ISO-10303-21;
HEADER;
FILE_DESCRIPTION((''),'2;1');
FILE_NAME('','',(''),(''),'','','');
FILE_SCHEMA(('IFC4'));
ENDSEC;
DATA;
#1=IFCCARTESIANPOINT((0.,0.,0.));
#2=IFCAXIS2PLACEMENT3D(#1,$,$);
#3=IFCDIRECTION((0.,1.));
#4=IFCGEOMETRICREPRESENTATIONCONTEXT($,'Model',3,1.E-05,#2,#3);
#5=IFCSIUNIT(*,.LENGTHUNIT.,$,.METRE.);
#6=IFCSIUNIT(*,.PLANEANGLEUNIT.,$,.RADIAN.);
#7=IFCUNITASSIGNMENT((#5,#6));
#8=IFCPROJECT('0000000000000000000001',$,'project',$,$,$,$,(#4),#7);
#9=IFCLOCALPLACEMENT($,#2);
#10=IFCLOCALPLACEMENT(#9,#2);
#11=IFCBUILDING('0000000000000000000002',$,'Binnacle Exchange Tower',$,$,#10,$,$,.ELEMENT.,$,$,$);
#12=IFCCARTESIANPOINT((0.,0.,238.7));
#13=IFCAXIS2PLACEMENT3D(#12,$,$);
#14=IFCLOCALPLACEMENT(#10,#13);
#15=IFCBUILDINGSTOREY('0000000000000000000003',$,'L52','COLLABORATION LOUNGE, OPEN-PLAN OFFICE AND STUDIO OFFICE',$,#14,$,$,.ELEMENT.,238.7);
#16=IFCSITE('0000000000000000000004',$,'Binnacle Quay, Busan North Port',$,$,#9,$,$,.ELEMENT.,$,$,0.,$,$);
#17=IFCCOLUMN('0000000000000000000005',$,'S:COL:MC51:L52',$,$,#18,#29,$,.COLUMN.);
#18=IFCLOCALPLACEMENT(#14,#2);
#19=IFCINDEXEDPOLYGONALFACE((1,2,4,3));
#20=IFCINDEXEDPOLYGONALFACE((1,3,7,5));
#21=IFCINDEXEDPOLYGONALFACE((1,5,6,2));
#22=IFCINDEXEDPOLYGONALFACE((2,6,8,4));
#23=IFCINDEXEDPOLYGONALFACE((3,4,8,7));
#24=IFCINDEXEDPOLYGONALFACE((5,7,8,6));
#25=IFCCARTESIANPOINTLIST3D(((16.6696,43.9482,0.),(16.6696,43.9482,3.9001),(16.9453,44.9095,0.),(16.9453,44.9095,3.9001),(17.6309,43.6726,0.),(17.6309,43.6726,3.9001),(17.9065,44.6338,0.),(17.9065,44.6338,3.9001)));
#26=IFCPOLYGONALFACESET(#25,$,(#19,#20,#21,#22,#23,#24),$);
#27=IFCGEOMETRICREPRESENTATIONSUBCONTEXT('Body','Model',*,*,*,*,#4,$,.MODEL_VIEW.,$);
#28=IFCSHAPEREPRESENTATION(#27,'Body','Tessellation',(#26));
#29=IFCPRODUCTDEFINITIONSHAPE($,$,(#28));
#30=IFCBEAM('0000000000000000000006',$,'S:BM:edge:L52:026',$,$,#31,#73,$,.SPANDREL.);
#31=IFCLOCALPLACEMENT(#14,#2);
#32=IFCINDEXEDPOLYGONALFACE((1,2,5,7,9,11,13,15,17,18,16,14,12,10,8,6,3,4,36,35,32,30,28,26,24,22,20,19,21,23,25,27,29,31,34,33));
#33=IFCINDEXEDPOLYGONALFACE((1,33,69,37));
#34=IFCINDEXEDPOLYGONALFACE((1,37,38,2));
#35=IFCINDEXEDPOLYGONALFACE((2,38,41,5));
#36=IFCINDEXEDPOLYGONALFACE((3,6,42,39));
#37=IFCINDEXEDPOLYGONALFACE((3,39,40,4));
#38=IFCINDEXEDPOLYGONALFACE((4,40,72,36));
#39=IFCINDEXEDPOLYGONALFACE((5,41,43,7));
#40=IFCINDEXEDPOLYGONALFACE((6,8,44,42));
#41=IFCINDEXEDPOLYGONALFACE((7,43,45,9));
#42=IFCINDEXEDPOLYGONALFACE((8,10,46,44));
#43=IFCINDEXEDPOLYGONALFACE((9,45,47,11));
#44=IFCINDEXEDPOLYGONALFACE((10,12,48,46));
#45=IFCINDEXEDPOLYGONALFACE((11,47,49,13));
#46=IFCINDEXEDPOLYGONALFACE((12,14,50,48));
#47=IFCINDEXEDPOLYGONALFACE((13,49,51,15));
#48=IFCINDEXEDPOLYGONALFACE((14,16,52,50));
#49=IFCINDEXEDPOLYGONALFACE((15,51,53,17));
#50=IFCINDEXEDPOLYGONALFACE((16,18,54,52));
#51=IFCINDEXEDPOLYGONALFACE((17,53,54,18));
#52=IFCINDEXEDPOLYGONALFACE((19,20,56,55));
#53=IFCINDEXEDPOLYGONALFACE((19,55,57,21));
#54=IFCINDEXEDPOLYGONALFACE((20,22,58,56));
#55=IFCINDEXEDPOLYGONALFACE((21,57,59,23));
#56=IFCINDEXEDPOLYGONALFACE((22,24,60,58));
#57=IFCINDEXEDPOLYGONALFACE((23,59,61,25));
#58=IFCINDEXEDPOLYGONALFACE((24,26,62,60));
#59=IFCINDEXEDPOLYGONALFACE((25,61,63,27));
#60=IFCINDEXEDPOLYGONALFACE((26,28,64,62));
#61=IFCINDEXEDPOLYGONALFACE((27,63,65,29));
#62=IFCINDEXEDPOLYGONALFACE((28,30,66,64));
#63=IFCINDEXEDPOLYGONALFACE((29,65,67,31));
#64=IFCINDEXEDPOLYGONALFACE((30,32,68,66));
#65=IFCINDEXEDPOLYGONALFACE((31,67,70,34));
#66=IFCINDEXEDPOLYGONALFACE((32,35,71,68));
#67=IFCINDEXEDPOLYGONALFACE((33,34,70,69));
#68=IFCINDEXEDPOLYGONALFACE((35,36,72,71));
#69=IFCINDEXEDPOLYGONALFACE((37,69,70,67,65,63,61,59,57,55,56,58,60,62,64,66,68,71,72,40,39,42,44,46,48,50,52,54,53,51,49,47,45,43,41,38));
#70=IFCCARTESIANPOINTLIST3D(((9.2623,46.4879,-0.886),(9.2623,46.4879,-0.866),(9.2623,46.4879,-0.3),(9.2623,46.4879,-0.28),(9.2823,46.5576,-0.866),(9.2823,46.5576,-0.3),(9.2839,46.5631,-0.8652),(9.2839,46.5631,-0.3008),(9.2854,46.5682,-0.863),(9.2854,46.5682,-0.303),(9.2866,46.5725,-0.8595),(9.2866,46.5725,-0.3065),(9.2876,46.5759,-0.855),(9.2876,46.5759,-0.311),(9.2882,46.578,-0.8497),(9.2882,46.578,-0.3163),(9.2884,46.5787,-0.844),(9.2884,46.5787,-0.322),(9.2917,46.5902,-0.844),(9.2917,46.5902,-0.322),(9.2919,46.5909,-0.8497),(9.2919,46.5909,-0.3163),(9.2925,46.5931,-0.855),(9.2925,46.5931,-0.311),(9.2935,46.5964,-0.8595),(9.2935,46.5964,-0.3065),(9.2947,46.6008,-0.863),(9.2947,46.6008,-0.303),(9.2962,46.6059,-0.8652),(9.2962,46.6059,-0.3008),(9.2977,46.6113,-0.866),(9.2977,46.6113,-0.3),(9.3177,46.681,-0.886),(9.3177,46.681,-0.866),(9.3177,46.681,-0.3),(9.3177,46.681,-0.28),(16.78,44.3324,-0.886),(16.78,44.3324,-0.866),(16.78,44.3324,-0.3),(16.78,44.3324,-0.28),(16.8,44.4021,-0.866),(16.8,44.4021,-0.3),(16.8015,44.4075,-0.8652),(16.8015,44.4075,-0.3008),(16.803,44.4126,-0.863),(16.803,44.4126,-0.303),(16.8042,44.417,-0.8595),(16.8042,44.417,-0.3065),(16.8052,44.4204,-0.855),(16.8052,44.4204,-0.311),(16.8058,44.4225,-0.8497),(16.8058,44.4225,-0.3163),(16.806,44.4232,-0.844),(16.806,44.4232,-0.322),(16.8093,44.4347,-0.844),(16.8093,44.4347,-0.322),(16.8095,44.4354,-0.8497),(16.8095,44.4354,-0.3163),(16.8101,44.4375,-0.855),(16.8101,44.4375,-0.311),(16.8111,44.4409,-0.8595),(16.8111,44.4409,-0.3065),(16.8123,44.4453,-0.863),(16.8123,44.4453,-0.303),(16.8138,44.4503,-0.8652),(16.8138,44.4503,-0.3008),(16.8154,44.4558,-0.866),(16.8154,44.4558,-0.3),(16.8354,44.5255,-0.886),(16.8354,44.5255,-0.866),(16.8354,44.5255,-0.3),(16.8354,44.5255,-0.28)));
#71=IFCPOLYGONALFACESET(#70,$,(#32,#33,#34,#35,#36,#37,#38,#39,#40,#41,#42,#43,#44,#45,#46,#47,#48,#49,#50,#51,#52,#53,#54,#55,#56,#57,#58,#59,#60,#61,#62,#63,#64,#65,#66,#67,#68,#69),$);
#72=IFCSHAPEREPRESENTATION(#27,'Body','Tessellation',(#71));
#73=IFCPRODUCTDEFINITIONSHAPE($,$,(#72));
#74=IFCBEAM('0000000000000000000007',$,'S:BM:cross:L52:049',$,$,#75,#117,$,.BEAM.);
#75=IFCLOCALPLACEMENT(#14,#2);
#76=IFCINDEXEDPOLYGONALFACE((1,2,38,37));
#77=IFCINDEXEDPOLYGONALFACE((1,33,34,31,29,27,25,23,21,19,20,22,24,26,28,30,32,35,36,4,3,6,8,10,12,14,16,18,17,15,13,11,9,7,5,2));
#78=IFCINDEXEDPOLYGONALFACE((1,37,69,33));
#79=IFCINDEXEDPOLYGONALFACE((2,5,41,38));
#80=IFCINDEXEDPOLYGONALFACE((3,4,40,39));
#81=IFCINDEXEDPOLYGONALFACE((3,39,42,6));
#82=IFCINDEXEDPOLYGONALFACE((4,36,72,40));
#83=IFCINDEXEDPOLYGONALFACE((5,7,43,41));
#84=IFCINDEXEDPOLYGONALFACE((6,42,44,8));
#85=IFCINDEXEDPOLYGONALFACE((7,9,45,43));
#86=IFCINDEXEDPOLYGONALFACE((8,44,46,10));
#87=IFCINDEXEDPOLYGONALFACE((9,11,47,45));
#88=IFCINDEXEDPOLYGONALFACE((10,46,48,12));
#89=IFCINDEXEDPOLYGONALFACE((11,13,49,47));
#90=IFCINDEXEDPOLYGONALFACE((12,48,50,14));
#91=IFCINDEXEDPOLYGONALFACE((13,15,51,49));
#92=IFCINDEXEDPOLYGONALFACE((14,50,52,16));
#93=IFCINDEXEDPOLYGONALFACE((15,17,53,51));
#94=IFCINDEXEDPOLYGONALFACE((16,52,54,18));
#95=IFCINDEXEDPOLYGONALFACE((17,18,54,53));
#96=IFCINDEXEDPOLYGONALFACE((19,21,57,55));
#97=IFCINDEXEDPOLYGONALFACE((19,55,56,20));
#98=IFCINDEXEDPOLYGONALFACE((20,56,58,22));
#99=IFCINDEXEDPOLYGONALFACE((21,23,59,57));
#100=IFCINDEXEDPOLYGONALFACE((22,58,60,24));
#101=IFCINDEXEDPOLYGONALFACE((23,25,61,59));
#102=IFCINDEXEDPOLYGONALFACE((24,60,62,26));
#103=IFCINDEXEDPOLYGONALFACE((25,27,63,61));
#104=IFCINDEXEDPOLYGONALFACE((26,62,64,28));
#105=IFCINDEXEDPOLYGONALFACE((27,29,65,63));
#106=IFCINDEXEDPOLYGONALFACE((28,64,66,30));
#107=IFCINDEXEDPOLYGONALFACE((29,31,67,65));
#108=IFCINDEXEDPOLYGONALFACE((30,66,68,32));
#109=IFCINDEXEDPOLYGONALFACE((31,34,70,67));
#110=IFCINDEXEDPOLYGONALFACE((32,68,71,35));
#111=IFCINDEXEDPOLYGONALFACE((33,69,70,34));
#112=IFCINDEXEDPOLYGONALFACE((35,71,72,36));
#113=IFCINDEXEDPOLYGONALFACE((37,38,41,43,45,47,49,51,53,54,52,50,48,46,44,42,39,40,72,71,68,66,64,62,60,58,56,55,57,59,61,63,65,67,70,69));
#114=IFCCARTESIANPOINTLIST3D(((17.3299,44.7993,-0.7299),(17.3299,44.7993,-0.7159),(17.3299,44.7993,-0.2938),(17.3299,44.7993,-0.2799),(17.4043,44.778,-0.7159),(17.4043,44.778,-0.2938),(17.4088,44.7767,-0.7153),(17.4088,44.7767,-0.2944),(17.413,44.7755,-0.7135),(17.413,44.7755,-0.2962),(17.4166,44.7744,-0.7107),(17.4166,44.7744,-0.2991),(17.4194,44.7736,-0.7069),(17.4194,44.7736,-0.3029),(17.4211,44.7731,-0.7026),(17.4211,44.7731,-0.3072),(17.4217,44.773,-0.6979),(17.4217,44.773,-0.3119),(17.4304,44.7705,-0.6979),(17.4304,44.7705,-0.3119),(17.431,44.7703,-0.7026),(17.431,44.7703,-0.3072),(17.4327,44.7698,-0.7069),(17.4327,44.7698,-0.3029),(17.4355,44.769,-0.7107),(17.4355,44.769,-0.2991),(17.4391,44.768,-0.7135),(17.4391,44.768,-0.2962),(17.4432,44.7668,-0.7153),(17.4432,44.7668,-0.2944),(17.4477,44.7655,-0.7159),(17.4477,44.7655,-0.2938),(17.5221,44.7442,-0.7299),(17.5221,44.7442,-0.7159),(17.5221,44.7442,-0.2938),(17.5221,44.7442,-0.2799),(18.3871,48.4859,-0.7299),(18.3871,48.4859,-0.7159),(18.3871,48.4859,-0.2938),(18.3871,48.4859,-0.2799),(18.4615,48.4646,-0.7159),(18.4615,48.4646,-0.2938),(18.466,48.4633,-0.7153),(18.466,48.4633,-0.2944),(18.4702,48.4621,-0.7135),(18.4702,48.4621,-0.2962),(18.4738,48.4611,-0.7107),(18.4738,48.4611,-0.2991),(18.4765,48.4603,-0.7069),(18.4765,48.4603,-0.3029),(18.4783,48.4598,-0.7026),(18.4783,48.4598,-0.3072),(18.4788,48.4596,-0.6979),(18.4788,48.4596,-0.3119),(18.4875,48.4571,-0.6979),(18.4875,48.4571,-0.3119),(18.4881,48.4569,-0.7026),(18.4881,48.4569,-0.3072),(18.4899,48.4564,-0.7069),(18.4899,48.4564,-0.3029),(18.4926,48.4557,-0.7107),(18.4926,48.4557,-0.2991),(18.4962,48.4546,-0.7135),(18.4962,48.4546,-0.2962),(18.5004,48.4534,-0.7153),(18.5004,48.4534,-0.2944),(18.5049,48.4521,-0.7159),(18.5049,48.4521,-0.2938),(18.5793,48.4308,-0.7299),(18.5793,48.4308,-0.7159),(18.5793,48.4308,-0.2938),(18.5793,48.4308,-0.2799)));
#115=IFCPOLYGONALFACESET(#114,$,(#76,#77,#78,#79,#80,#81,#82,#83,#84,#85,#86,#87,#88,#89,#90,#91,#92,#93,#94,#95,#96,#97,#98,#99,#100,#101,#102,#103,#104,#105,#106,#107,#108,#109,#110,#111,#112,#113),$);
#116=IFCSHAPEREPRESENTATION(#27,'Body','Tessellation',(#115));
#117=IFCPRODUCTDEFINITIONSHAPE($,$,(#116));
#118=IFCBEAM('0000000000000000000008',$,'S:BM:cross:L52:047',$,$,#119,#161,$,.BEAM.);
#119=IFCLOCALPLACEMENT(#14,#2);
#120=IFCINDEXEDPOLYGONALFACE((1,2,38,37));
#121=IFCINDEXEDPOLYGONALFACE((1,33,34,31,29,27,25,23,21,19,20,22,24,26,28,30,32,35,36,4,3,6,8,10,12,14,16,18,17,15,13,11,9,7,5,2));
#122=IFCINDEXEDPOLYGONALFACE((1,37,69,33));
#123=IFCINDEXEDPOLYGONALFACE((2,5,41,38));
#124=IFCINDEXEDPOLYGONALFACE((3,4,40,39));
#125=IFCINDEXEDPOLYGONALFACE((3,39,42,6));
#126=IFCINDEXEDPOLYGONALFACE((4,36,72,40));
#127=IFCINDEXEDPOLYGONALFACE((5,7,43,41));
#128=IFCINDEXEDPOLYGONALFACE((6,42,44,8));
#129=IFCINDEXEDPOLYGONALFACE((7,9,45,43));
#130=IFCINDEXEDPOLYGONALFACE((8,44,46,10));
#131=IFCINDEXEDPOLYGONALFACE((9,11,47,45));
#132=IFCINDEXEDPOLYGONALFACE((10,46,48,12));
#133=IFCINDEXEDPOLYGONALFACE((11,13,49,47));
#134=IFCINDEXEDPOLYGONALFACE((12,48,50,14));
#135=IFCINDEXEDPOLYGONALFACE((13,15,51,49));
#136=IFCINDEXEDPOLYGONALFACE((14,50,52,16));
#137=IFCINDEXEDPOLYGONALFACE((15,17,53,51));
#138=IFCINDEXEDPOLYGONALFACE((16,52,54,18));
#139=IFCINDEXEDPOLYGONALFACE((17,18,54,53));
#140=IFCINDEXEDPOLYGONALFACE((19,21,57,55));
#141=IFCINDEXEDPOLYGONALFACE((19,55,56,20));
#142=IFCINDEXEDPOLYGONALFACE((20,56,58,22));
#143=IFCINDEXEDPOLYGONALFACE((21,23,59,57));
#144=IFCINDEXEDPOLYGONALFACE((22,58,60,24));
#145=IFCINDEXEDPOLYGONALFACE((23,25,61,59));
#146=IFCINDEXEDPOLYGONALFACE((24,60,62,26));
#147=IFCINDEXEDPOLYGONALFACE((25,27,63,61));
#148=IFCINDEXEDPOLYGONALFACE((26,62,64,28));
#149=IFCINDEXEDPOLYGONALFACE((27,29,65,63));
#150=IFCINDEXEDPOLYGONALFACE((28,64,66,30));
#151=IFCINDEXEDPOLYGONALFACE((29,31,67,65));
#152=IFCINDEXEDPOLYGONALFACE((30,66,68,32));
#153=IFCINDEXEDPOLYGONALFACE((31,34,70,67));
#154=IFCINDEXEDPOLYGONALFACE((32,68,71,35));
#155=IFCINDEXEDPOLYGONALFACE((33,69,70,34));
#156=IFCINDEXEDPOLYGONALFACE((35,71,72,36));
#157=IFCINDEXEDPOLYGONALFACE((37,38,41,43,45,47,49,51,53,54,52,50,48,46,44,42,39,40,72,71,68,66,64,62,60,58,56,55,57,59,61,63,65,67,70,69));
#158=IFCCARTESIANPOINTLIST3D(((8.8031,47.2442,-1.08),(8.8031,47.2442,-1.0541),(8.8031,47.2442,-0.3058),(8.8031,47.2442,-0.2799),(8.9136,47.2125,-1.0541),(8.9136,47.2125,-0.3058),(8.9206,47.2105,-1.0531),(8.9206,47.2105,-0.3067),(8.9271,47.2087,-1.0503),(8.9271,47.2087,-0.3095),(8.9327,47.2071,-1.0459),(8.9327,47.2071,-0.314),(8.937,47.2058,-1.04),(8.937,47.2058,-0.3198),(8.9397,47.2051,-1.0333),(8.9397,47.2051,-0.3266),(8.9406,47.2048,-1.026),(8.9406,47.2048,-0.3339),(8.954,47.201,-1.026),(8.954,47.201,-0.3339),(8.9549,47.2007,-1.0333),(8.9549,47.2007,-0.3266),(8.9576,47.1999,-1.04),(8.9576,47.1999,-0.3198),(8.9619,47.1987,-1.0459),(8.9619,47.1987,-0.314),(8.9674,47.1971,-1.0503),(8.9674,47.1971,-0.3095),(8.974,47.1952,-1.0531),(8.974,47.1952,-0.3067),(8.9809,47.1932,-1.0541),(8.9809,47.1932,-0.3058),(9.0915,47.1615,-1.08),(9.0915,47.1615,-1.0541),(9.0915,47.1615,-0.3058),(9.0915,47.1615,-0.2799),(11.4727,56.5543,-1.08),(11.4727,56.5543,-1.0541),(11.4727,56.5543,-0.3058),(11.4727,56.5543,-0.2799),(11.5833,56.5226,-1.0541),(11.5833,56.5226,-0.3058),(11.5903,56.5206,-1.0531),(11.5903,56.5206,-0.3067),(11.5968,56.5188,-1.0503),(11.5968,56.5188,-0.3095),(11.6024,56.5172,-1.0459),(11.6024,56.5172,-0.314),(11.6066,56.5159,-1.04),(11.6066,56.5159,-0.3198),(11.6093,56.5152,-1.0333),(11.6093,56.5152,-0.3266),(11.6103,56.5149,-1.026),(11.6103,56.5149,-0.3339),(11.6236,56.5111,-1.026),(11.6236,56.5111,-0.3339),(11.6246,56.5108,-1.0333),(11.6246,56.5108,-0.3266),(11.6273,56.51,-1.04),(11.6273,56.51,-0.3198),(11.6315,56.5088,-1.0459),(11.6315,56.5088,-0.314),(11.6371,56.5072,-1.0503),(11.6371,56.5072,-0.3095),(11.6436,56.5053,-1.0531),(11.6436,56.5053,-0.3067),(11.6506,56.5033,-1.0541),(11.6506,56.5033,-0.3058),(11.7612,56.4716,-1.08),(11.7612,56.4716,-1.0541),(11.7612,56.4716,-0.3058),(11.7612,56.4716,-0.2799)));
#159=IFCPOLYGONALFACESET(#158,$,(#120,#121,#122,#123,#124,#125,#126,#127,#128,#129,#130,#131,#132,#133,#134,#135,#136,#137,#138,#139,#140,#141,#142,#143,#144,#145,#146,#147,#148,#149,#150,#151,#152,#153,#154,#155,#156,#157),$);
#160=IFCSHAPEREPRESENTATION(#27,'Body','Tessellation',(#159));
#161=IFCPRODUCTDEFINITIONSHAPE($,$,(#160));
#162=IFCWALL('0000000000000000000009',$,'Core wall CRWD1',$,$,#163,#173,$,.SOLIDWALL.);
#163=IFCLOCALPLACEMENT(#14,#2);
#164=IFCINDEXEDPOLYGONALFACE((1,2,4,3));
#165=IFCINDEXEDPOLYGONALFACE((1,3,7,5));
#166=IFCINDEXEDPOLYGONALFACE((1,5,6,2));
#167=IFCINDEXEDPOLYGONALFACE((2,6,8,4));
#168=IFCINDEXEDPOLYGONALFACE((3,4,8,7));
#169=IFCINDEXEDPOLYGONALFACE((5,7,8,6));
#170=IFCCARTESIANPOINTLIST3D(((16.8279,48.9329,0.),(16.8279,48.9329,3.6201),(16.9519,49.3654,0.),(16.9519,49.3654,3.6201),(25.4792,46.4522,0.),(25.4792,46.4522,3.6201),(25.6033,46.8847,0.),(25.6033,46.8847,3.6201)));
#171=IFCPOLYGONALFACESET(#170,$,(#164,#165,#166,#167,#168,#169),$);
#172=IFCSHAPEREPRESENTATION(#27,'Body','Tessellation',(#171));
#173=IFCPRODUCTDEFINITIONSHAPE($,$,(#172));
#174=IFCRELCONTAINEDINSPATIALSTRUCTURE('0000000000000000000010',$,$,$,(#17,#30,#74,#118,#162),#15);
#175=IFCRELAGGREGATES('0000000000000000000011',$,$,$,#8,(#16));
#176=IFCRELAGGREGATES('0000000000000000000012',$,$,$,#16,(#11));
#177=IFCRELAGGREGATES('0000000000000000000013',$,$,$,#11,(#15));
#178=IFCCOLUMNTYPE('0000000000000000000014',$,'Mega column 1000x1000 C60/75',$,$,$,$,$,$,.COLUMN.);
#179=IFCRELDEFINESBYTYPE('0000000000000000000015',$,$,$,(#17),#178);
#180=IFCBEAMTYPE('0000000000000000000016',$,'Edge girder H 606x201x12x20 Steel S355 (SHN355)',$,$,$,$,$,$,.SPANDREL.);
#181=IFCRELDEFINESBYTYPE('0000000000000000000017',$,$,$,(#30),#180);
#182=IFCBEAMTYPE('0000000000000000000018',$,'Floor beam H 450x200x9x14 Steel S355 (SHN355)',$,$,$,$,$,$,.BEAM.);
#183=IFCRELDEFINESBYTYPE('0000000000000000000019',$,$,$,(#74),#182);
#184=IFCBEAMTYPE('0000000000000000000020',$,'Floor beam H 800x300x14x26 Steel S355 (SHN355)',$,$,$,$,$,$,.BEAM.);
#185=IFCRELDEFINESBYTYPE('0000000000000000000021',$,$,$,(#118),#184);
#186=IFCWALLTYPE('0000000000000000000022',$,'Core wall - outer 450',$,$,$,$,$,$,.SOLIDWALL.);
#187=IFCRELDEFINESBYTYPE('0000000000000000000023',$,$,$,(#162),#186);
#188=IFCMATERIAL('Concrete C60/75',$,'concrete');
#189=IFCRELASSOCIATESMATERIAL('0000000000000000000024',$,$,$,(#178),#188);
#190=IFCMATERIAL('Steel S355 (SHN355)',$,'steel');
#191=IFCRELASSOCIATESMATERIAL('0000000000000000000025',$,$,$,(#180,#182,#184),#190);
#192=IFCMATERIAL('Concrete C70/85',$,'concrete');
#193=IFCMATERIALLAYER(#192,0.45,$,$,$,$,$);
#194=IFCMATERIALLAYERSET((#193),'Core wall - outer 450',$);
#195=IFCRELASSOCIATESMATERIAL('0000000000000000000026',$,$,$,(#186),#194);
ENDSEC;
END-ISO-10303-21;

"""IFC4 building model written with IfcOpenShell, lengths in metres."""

from ifc_helpers import new_model, si_unit, direction, frame, frame_2d, origin, origin_2d, place, context, subcontext, project, spatial, rectangle, i_section, extrude, material, layer, layer_set, material_profile, profile_set, type_object, element, save


model = new_model("IFC4")

# Units and contexts
model_context = context("Model", 3, precision=1e-05, world=origin(), true_north=direction((0.0, 1.0)))
body_context = subcontext(model_context, "Body", "Model", "MODEL_VIEW")
ifc_project = project(units=[si_unit("LENGTHUNIT", "METRE"), si_unit("PLANEANGLEUNIT", "RADIAN")], contexts=[model_context])

# Site, building, storey
site_placement = place(None, origin())
site = spatial("IfcSite", under=ifc_project, at=site_placement, Name="Binnacle Quay, Busan North Port", CompositionType="ELEMENT", RefElevation=0.0)
building_placement = place(site_placement, origin())
building = spatial("IfcBuilding", under=site, at=building_placement, Name="Binnacle Exchange Tower", CompositionType="ELEMENT")
storey_placement = place(building_placement, frame((0.0, 0.0, 238.7)))
storey = spatial("IfcBuildingStorey", under=building, at=storey_placement, Name="L52", Description="COLLABORATION LOUNGE, OPEN-PLAN OFFICE AND STUDIO OFFICE", CompositionType="ELEMENT", Elevation=238.7)

# Column
ifc_material_1 = material(Name="Concrete C60/75", Category="concrete")
ifc_material_profile_1 = material_profile(ifc_material_1, rectangle(XDim=1.0, YDim=1.0, at=origin_2d()), Name="Mega column 1000x1000 C60/75")
ifc_profile_set_1 = profile_set([ifc_material_profile_1], Name="Concrete C60/75")
column_type = type_object("IfcColumnType", Name="Mega column 1000x1000 C60/75", PredefinedType="COLUMN", material=ifc_profile_set_1)
column_placement = place(storey_placement, frame((17.2881, 44.291, 0.0), z_axis=(0.0, 0.0, 1.0), x_axis=(0.961262, -0.275637, 0.0)))
element("IfcColumn", 1, at=column_placement, inside=storey, type_object=column_type, Name="S:COL:MC51:L52", PredefinedType="COLUMN", context=body_context, shape_type="SweptSolid", body=[
    extrude(rectangle(XDim=1.0, YDim=1.0, at=origin_2d()), origin(), (0.0, 0.0, 1.0), 3.9001),
])

# Beams
ifc_material_2 = material(Name="Steel S355 (SHN355)", Category="steel")
ifc_material_profile_2 = material_profile(ifc_material_2, i_section(OverallWidth=0.2009, OverallDepth=0.606, WebThickness=0.012, FlangeThickness=0.02, FilletRadius=0.022, at=origin_2d()), Name="H 606x201x12x20")
ifc_profile_set_2 = profile_set([ifc_material_profile_2], Name="Steel S355 (SHN355)")
beam_type_1 = type_object("IfcBeamType", Name="Edge girder H 606x201x12x20 Steel S355 (SHN355)", PredefinedType="SPANDREL", material=ifc_profile_set_2)
beam_1_placement = place(storey_placement, frame((9.29, 46.5845, -0.583), z_axis=(0.961266, -0.275624, 0.0), x_axis=(0.275624, 0.961266, 0.0)))
element("IfcBeam", 2, at=beam_1_placement, inside=storey, type_object=beam_type_1, Name="S:BM:edge:L52:026", PredefinedType="SPANDREL", context=body_context, shape_type="SweptSolid", body=[
    extrude(i_section(OverallWidth=0.2009, OverallDepth=0.606, WebThickness=0.012, FlangeThickness=0.02, FilletRadius=0.022, at=origin_2d()), origin(), (0.0, 0.0, 1.0), 7.8206),
])
ifc_material_profile_3 = material_profile(ifc_material_2, i_section(OverallWidth=0.2, OverallDepth=0.45, WebThickness=0.009, FlangeThickness=0.0139, FilletRadius=0.0181, at=origin_2d()), Name="H 450x200x9x14")
ifc_profile_set_3 = profile_set([ifc_material_profile_3], Name="Steel S355 (SHN355)")
beam_type_2 = type_object("IfcBeamType", Name="Floor beam H 450x200x9x14 Steel S355 (SHN355)", PredefinedType="BEAM", material=ifc_profile_set_3)
beam_2_placement = place(storey_placement, frame((17.426, 44.7717, -0.5049), z_axis=(0.275646, 0.961259, 0.0), x_axis=(-0.961259, 0.275646, 0.0)))
element("IfcBeam", 3, at=beam_2_placement, inside=storey, type_object=beam_type_2, Name="S:BM:cross:L52:049", PredefinedType="BEAM", context=body_context, shape_type="SweptSolid", body=[
    extrude(i_section(OverallWidth=0.2, OverallDepth=0.45, WebThickness=0.009, FlangeThickness=0.0139, FilletRadius=0.0181, at=origin_2d()), origin(), (0.0, 0.0, 1.0), 3.8352),
])
ifc_material_profile_4 = material_profile(ifc_material_2, i_section(OverallWidth=0.3, OverallDepth=0.8, WebThickness=0.0139, FlangeThickness=0.0259, FilletRadius=0.0281, at=origin_2d()), Name="H 800x300x14x26")
ifc_profile_set_4 = profile_set([ifc_material_profile_4], Name="Steel S355 (SHN355)")
beam_type_3 = type_object("IfcBeamType", Name="Floor beam H 800x300x14x26 Steel S355 (SHN355)", PredefinedType="BEAM", material=ifc_profile_set_4)
beam_3_placement = place(storey_placement, frame((8.9473, 47.2029, -0.6799), z_axis=(0.275643, 0.96126, 0.0), x_axis=(-0.96126, 0.275643, 0.0)))
element("IfcBeam", 4, at=beam_3_placement, inside=storey, type_object=beam_type_3, Name="S:BM:cross:L52:047", PredefinedType="BEAM", context=body_context, shape_type="SweptSolid", body=[
    extrude(i_section(OverallWidth=0.3, OverallDepth=0.8, WebThickness=0.0139, FlangeThickness=0.0259, FilletRadius=0.0281, at=origin_2d()), origin(), (0.0, 0.0, 1.0), 9.6853),
])

# Wall
ifc_material_3 = material(Name="Concrete C70/85", Category="concrete")
ifc_layer_1 = layer(ifc_material_3, 0.45)
ifc_layer_set_1 = layer_set([ifc_layer_1], Name="Core wall - outer 450")
wall_type_1 = type_object("IfcWallType", Name="Core wall - outer 450", PredefinedType="SOLIDWALL", material=ifc_layer_set_1)
wall_1_placement = place(storey_placement, frame((16.8899, 49.1492, 0.0), z_axis=(0.0, 0.0, 1.0), x_axis=(0.961262, -0.275635, 0.0)))
element("IfcWall", 5, at=wall_1_placement, inside=storey, type_object=wall_type_1, Name="Core wall CRWD1", PredefinedType="SOLIDWALL", context=body_context, shape_type="SweptSolid", body=[
    extrude(rectangle(XDim=9.0, YDim=0.45, at=frame_2d((4.5, 0.0))), origin(), (0.0, 0.0, 1.0), 3.6201),
])

save(model, "model.ifc")
